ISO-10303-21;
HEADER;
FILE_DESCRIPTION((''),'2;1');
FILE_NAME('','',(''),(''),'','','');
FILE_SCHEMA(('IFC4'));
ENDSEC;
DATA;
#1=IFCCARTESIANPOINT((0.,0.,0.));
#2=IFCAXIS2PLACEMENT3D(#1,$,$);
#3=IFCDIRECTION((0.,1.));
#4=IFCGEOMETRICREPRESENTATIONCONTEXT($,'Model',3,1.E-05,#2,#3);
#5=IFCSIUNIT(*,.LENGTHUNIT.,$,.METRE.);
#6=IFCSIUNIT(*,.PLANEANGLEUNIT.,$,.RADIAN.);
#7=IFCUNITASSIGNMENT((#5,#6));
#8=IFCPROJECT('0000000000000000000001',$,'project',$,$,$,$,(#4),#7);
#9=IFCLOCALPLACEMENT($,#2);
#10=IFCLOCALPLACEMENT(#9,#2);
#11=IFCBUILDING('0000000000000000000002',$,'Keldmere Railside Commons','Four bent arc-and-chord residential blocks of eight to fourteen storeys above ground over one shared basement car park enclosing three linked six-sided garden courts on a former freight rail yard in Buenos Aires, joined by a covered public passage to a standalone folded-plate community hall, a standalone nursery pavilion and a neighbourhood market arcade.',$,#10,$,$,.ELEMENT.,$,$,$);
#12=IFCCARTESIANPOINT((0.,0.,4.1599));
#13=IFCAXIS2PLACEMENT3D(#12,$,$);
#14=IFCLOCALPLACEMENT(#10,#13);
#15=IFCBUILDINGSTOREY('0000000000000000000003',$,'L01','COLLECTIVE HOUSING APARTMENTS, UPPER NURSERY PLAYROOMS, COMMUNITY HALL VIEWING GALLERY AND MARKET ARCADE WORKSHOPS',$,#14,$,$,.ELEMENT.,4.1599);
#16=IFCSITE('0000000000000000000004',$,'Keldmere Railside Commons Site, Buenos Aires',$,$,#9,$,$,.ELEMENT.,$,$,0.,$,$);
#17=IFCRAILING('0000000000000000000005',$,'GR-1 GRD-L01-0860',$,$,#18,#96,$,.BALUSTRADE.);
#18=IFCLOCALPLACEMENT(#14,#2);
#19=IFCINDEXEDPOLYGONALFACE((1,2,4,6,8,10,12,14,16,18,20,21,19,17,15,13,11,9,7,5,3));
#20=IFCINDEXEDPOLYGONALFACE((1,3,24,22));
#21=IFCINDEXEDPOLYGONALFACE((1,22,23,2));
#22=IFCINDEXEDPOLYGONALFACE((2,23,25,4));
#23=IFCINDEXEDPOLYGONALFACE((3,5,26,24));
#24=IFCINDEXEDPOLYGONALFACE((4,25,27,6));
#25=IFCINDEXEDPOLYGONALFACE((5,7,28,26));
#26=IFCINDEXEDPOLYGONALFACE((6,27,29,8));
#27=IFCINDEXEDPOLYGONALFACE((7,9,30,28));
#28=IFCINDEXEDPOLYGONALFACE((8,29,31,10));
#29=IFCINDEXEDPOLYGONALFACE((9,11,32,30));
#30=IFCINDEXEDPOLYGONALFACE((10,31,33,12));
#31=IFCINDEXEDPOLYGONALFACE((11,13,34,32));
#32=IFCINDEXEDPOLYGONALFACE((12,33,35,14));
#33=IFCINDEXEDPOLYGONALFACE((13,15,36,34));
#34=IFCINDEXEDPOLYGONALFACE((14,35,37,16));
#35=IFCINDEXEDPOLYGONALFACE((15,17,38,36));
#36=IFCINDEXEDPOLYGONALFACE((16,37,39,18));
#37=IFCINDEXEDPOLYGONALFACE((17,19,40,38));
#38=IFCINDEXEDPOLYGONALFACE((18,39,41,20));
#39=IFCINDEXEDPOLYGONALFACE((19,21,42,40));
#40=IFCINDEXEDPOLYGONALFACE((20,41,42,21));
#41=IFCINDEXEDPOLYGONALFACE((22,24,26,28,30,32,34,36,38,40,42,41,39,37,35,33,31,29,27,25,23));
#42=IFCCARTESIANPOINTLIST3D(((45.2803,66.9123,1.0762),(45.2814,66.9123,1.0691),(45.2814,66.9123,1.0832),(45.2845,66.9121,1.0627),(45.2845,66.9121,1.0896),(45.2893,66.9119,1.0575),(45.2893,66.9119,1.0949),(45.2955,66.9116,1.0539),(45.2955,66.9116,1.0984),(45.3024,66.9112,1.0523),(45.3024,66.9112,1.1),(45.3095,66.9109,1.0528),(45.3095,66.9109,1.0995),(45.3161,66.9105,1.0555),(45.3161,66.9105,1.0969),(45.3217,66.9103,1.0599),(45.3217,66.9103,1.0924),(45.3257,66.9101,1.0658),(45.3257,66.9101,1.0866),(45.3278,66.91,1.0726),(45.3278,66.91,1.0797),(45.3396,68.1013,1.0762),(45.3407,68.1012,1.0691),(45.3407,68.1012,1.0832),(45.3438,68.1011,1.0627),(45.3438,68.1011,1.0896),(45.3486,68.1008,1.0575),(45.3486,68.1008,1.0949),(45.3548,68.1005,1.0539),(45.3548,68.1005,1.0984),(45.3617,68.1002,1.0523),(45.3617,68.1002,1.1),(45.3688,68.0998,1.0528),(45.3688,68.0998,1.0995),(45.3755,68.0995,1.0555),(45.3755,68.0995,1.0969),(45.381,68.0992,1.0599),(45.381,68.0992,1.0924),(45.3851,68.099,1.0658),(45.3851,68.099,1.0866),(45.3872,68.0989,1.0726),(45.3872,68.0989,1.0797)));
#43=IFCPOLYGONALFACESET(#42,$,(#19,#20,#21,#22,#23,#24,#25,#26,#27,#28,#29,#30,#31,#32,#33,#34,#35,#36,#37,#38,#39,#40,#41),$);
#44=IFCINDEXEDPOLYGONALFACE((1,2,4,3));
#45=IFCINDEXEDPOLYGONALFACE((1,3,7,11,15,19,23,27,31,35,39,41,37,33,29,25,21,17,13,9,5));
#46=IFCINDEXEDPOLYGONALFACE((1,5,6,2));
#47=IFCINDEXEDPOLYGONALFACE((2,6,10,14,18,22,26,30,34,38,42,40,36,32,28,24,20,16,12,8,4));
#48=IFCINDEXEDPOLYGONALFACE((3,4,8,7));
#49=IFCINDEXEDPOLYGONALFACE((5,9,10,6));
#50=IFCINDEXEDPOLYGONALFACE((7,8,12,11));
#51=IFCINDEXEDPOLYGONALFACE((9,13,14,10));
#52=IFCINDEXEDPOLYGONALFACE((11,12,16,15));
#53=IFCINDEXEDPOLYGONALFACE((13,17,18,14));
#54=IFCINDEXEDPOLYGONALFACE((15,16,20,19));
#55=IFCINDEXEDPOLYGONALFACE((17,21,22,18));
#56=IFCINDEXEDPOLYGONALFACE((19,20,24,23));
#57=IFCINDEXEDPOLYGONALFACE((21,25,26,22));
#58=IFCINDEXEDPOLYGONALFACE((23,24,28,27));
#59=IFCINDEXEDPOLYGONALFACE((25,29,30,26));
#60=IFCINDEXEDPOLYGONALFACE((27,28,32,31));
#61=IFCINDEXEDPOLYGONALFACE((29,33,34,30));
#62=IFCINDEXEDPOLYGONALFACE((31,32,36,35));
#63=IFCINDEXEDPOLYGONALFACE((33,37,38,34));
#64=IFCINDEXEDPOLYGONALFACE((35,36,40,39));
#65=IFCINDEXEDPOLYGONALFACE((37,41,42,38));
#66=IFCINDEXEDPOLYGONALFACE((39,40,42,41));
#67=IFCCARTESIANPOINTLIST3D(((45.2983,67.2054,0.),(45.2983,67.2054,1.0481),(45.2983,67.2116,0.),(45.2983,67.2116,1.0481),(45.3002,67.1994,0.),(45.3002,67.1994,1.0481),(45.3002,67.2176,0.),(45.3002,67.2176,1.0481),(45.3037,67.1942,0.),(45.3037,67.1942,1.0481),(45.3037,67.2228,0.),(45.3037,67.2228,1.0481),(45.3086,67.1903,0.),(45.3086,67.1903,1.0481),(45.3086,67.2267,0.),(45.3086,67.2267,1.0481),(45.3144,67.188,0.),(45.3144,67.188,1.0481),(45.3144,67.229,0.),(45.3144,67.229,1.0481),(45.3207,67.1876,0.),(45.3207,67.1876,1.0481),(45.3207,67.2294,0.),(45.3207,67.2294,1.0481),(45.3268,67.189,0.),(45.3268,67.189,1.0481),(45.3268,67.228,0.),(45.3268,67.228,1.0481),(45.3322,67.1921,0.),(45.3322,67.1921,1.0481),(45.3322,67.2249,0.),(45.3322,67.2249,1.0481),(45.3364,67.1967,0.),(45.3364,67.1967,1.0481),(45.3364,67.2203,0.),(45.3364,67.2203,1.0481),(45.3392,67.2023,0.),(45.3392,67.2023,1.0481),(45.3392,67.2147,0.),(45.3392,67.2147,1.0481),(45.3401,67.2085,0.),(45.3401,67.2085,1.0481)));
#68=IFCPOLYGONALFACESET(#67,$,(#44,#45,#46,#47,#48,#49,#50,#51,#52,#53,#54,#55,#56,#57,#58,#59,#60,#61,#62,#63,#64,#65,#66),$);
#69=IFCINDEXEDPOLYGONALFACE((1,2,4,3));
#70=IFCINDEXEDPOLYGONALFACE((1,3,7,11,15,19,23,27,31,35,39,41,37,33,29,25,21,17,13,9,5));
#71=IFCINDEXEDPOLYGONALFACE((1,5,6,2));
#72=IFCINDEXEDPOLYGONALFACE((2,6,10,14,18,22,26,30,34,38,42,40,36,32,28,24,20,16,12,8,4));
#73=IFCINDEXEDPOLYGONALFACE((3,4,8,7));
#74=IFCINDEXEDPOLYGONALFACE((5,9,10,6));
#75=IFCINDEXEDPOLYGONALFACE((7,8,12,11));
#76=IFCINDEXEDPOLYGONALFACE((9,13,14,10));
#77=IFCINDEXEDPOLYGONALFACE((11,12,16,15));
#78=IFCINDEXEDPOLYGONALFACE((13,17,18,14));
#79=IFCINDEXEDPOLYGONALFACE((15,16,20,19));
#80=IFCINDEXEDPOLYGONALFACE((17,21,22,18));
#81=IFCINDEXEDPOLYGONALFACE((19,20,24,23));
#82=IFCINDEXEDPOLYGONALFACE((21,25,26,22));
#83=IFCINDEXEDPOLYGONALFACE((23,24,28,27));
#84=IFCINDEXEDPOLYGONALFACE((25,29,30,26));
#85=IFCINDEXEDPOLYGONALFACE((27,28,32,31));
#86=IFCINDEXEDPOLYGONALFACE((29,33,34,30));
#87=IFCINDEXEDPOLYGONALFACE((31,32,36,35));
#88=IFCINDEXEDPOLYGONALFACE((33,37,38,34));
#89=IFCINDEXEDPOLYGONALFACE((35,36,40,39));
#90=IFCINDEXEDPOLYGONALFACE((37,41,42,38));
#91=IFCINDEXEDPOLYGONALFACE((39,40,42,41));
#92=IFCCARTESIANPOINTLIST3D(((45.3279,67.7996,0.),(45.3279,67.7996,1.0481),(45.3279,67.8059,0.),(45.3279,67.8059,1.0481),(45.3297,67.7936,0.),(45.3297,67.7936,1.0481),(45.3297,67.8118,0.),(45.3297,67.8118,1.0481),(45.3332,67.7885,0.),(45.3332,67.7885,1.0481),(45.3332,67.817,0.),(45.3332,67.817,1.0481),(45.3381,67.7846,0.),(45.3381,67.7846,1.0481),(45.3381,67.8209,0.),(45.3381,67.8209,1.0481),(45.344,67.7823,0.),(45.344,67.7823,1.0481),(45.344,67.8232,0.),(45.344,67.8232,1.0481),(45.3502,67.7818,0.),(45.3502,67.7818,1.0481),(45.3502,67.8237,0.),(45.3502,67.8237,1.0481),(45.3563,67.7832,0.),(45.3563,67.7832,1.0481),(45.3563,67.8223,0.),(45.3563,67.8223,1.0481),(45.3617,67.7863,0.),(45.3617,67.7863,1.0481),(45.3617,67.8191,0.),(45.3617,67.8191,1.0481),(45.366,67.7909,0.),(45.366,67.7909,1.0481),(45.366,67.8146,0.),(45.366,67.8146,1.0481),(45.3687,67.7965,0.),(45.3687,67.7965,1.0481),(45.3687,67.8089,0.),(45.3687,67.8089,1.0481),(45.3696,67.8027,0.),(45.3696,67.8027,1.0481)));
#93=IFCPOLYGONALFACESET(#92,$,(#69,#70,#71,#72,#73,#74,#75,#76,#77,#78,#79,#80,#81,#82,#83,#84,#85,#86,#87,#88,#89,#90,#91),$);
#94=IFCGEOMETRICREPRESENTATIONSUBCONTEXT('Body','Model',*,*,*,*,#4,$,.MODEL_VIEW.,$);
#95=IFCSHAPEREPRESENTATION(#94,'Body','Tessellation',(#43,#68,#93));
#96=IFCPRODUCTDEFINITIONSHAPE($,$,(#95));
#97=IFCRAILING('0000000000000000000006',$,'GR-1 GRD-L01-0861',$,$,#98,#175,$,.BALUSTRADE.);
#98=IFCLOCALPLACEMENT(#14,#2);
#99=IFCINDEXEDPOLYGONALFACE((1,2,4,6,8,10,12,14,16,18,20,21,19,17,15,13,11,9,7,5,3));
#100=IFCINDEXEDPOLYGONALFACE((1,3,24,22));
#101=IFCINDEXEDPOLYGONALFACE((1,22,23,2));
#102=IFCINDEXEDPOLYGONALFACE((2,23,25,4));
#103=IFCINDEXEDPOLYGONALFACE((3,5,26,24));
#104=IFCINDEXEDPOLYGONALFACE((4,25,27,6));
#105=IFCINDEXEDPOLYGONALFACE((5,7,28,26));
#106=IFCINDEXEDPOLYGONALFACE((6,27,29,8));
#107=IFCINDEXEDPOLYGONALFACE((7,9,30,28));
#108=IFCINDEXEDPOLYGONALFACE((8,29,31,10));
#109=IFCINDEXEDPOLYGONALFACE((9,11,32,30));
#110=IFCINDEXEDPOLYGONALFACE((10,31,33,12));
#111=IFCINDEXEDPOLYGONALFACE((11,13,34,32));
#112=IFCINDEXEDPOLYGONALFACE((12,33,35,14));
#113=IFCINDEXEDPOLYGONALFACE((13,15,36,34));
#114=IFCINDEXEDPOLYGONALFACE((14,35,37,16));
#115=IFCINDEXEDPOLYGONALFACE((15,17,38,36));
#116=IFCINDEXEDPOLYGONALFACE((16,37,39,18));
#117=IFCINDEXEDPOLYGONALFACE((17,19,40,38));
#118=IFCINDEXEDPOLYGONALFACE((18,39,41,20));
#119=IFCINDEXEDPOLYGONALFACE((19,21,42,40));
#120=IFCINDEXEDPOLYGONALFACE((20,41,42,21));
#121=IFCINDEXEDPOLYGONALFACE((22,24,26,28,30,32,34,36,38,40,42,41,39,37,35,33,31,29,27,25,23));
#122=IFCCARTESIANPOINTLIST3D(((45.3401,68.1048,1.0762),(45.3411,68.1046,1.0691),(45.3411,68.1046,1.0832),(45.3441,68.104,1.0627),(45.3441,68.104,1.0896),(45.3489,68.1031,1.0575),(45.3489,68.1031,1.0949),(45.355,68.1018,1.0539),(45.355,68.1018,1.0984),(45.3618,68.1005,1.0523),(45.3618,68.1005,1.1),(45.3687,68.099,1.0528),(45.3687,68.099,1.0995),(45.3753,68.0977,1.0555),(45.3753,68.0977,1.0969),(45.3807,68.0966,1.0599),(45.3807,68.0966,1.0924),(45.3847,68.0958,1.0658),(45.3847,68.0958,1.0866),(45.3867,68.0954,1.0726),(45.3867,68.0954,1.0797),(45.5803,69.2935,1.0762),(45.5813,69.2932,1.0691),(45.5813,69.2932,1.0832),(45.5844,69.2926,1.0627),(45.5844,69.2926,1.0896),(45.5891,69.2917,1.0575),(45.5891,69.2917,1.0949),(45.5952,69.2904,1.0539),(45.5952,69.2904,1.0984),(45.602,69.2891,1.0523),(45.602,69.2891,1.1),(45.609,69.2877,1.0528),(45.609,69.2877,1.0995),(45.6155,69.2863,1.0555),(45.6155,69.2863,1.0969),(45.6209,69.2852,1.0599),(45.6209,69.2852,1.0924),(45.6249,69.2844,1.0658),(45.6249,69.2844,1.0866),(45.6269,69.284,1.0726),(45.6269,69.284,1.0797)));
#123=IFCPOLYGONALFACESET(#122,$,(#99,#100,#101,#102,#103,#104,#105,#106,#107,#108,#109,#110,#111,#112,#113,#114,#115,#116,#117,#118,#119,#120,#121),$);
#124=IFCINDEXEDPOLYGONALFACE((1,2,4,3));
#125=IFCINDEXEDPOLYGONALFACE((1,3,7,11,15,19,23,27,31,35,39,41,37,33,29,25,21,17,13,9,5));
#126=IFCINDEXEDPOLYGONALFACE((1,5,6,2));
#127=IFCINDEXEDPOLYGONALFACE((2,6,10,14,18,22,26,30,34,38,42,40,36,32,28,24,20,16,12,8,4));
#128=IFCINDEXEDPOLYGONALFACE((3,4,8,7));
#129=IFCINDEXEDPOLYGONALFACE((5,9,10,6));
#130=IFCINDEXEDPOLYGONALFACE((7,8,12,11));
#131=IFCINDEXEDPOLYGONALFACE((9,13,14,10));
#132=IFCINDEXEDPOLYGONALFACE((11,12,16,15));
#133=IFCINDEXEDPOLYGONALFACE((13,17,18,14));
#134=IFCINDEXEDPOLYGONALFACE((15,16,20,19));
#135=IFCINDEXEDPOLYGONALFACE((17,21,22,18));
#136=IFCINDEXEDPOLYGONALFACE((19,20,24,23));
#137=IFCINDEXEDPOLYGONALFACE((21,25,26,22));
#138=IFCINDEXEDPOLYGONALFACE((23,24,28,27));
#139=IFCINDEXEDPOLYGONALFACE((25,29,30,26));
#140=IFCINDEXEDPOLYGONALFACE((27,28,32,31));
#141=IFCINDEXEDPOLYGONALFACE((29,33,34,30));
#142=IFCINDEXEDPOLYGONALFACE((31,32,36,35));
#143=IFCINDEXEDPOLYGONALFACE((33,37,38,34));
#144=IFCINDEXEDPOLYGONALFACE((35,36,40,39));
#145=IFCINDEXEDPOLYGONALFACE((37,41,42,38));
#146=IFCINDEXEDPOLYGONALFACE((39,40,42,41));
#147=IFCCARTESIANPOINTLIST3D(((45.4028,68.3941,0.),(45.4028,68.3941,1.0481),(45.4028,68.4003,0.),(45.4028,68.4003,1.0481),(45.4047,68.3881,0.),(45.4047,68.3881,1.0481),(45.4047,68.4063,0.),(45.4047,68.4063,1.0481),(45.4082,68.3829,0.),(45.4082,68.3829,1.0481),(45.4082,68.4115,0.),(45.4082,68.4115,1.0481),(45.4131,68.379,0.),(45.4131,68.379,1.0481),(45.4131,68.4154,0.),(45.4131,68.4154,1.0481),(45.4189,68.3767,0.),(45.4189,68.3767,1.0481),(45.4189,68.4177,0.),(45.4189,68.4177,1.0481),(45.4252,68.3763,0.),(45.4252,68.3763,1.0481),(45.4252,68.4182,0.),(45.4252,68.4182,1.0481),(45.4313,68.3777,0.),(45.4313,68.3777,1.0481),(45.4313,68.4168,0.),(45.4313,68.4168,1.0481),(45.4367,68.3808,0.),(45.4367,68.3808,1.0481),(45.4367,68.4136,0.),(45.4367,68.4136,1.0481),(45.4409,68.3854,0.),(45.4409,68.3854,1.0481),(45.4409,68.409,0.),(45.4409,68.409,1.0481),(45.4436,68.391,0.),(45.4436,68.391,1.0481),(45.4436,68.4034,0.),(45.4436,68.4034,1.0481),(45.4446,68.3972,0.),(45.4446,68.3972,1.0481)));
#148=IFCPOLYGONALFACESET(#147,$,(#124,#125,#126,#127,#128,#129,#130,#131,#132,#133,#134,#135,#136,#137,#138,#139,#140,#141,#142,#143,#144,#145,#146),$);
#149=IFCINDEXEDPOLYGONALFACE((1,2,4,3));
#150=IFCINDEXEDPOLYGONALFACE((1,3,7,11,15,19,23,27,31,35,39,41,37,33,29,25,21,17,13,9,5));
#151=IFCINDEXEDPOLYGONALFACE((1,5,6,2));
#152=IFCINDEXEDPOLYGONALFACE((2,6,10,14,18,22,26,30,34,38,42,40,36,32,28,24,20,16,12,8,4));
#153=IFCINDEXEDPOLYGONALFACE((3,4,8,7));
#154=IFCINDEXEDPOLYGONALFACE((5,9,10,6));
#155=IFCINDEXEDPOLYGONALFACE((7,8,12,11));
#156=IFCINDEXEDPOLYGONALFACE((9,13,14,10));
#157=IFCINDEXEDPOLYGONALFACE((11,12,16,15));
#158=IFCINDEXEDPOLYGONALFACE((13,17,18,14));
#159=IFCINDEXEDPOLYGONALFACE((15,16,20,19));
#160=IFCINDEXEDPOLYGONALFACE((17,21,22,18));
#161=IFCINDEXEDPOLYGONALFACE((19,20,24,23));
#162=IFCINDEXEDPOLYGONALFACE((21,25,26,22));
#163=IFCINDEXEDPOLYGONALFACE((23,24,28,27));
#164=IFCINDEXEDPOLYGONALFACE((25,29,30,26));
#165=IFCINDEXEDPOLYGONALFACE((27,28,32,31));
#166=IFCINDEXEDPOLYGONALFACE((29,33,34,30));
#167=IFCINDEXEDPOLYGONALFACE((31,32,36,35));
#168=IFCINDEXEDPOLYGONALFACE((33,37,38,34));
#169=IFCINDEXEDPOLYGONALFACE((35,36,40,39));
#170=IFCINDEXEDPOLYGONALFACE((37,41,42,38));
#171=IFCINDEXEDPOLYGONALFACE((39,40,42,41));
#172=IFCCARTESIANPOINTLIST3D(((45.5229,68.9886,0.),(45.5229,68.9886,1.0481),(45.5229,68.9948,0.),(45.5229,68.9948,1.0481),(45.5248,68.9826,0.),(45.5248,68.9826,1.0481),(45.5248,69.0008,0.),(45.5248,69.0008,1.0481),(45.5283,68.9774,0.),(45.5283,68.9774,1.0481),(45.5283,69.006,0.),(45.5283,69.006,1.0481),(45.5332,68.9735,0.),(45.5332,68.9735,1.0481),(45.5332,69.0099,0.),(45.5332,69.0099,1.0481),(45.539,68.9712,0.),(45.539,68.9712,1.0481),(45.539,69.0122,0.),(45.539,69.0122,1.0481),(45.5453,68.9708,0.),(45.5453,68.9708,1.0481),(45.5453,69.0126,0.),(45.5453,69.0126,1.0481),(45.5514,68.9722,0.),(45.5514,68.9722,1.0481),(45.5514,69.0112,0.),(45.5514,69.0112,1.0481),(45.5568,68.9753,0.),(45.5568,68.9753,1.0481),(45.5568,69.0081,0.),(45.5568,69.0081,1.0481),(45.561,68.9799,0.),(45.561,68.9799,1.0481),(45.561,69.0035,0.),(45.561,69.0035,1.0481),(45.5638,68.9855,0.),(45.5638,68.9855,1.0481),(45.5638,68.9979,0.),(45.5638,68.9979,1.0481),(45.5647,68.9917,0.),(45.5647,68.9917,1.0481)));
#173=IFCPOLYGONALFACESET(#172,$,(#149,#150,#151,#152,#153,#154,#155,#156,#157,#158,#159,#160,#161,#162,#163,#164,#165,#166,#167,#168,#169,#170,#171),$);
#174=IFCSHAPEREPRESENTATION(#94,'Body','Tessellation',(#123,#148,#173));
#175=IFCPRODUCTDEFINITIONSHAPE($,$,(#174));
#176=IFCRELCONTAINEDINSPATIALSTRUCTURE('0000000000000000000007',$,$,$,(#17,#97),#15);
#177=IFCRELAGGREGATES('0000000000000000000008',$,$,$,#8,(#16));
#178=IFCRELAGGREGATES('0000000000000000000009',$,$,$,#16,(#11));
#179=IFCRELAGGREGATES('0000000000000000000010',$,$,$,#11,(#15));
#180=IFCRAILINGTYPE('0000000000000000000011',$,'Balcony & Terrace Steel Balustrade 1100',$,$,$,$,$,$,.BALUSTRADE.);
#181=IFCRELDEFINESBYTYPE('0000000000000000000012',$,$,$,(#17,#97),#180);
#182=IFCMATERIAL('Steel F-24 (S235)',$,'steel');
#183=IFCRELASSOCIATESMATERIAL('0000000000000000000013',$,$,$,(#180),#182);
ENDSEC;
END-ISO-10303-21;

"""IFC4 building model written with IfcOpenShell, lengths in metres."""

from ifc_helpers import new_model, si_unit, direction, frame, origin, origin_2d, place, context, subcontext, project, spatial, circle, extrude, material, type_object, element, save


model = new_model("IFC4")

# Units and contexts
model_context = context("Model", 3, precision=1e-05, world=origin(), true_north=direction((0.0, 1.0)))
body_context = subcontext(model_context, "Body", "Model", "MODEL_VIEW")
ifc_project = project(units=[si_unit("LENGTHUNIT", "METRE"), si_unit("PLANEANGLEUNIT", "RADIAN")], contexts=[model_context])

# Site, building, storey
site_placement = place(None, origin())
site = spatial("IfcSite", under=ifc_project, at=site_placement, Name="Keldmere Railside Commons Site, Buenos Aires", CompositionType="ELEMENT", RefElevation=0.0)
building_placement = place(site_placement, origin())
building = spatial("IfcBuilding", under=site, at=building_placement, Name="Keldmere Railside Commons", Description="Four bent arc-and-chord residential blocks of eight to fourteen storeys above ground over one shared basement car park enclosing three linked six-sided garden courts on a former freight rail yard in Buenos Aires, joined by a covered public passage to a standalone folded-plate community hall, a standalone nursery pavilion and a neighbourhood market arcade.", CompositionType="ELEMENT")
storey_placement = place(building_placement, frame((0.0, 0.0, 4.1599)))
storey = spatial("IfcBuildingStorey", under=building, at=storey_placement, Name="L01", Description="COLLECTIVE HOUSING APARTMENTS, UPPER NURSERY PLAYROOMS, COMMUNITY HALL VIEWING GALLERY AND MARKET ARCADE WORKSHOPS", CompositionType="ELEMENT", Elevation=4.1599)

# Railings
ifc_material_1 = material(Name="Steel F-24 (S235)", Category="steel")
railing_type_1 = type_object("IfcRailingType", Name="Balcony & Terrace Steel Balustrade 1100", PredefinedType="BALUSTRADE", material=ifc_material_1)
railing_1_placement = place(storey_placement, frame((45.3042, 66.9111, 0.0)))
element("IfcRailing", 1, at=railing_1_placement, inside=storey, type_object=railing_type_1, Name="GR-1 GRD-L01-0860", PredefinedType="BALUSTRADE", context=body_context, shape_type="SweptSolid", body=[
    extrude(circle(Radius=0.0239, at=origin_2d()), frame((0.0, 0.0, 1.0762), z_axis=(0.049835, 0.998757, 0.0), x_axis=(-0.998757, 0.049835, 0.0)), (0.0, 0.0, 1.0), 1.1904),
    extrude(circle(Radius=0.021, at=origin_2d()), frame((0.0149, 0.2974, 0.0)), (0.0, 0.0, 1.0), 1.0481),
    extrude(circle(Radius=0.021, at=origin_2d()), frame((0.0444, 0.8916, 0.0)), (0.0, 0.0, 1.0), 1.0481),
])
railing_2_placement = place(storey_placement, frame((45.3635, 68.1001, 0.0)))
element("IfcRailing", 2, at=railing_2_placement, inside=storey, type_object=railing_type_1, Name="GR-1 GRD-L01-0861", PredefinedType="BALUSTRADE", context=body_context, shape_type="SweptSolid", body=[
    extrude(circle(Radius=0.0239, at=origin_2d()), frame((0.0, 0.0, 1.0762), z_axis=(0.19809, 0.980184, 0.0), x_axis=(-0.980184, 0.19809, 0.0)), (0.0, 0.0, 1.0), 1.2126),
    extrude(circle(Radius=0.021, at=origin_2d()), frame((0.0601, 0.2971, 0.0)), (0.0, 0.0, 1.0), 1.0481),
    extrude(circle(Radius=0.021, at=origin_2d()), frame((0.1802, 0.8916, 0.0)), (0.0, 0.0, 1.0), 1.0481),
])

save(model, "model.ifc")
